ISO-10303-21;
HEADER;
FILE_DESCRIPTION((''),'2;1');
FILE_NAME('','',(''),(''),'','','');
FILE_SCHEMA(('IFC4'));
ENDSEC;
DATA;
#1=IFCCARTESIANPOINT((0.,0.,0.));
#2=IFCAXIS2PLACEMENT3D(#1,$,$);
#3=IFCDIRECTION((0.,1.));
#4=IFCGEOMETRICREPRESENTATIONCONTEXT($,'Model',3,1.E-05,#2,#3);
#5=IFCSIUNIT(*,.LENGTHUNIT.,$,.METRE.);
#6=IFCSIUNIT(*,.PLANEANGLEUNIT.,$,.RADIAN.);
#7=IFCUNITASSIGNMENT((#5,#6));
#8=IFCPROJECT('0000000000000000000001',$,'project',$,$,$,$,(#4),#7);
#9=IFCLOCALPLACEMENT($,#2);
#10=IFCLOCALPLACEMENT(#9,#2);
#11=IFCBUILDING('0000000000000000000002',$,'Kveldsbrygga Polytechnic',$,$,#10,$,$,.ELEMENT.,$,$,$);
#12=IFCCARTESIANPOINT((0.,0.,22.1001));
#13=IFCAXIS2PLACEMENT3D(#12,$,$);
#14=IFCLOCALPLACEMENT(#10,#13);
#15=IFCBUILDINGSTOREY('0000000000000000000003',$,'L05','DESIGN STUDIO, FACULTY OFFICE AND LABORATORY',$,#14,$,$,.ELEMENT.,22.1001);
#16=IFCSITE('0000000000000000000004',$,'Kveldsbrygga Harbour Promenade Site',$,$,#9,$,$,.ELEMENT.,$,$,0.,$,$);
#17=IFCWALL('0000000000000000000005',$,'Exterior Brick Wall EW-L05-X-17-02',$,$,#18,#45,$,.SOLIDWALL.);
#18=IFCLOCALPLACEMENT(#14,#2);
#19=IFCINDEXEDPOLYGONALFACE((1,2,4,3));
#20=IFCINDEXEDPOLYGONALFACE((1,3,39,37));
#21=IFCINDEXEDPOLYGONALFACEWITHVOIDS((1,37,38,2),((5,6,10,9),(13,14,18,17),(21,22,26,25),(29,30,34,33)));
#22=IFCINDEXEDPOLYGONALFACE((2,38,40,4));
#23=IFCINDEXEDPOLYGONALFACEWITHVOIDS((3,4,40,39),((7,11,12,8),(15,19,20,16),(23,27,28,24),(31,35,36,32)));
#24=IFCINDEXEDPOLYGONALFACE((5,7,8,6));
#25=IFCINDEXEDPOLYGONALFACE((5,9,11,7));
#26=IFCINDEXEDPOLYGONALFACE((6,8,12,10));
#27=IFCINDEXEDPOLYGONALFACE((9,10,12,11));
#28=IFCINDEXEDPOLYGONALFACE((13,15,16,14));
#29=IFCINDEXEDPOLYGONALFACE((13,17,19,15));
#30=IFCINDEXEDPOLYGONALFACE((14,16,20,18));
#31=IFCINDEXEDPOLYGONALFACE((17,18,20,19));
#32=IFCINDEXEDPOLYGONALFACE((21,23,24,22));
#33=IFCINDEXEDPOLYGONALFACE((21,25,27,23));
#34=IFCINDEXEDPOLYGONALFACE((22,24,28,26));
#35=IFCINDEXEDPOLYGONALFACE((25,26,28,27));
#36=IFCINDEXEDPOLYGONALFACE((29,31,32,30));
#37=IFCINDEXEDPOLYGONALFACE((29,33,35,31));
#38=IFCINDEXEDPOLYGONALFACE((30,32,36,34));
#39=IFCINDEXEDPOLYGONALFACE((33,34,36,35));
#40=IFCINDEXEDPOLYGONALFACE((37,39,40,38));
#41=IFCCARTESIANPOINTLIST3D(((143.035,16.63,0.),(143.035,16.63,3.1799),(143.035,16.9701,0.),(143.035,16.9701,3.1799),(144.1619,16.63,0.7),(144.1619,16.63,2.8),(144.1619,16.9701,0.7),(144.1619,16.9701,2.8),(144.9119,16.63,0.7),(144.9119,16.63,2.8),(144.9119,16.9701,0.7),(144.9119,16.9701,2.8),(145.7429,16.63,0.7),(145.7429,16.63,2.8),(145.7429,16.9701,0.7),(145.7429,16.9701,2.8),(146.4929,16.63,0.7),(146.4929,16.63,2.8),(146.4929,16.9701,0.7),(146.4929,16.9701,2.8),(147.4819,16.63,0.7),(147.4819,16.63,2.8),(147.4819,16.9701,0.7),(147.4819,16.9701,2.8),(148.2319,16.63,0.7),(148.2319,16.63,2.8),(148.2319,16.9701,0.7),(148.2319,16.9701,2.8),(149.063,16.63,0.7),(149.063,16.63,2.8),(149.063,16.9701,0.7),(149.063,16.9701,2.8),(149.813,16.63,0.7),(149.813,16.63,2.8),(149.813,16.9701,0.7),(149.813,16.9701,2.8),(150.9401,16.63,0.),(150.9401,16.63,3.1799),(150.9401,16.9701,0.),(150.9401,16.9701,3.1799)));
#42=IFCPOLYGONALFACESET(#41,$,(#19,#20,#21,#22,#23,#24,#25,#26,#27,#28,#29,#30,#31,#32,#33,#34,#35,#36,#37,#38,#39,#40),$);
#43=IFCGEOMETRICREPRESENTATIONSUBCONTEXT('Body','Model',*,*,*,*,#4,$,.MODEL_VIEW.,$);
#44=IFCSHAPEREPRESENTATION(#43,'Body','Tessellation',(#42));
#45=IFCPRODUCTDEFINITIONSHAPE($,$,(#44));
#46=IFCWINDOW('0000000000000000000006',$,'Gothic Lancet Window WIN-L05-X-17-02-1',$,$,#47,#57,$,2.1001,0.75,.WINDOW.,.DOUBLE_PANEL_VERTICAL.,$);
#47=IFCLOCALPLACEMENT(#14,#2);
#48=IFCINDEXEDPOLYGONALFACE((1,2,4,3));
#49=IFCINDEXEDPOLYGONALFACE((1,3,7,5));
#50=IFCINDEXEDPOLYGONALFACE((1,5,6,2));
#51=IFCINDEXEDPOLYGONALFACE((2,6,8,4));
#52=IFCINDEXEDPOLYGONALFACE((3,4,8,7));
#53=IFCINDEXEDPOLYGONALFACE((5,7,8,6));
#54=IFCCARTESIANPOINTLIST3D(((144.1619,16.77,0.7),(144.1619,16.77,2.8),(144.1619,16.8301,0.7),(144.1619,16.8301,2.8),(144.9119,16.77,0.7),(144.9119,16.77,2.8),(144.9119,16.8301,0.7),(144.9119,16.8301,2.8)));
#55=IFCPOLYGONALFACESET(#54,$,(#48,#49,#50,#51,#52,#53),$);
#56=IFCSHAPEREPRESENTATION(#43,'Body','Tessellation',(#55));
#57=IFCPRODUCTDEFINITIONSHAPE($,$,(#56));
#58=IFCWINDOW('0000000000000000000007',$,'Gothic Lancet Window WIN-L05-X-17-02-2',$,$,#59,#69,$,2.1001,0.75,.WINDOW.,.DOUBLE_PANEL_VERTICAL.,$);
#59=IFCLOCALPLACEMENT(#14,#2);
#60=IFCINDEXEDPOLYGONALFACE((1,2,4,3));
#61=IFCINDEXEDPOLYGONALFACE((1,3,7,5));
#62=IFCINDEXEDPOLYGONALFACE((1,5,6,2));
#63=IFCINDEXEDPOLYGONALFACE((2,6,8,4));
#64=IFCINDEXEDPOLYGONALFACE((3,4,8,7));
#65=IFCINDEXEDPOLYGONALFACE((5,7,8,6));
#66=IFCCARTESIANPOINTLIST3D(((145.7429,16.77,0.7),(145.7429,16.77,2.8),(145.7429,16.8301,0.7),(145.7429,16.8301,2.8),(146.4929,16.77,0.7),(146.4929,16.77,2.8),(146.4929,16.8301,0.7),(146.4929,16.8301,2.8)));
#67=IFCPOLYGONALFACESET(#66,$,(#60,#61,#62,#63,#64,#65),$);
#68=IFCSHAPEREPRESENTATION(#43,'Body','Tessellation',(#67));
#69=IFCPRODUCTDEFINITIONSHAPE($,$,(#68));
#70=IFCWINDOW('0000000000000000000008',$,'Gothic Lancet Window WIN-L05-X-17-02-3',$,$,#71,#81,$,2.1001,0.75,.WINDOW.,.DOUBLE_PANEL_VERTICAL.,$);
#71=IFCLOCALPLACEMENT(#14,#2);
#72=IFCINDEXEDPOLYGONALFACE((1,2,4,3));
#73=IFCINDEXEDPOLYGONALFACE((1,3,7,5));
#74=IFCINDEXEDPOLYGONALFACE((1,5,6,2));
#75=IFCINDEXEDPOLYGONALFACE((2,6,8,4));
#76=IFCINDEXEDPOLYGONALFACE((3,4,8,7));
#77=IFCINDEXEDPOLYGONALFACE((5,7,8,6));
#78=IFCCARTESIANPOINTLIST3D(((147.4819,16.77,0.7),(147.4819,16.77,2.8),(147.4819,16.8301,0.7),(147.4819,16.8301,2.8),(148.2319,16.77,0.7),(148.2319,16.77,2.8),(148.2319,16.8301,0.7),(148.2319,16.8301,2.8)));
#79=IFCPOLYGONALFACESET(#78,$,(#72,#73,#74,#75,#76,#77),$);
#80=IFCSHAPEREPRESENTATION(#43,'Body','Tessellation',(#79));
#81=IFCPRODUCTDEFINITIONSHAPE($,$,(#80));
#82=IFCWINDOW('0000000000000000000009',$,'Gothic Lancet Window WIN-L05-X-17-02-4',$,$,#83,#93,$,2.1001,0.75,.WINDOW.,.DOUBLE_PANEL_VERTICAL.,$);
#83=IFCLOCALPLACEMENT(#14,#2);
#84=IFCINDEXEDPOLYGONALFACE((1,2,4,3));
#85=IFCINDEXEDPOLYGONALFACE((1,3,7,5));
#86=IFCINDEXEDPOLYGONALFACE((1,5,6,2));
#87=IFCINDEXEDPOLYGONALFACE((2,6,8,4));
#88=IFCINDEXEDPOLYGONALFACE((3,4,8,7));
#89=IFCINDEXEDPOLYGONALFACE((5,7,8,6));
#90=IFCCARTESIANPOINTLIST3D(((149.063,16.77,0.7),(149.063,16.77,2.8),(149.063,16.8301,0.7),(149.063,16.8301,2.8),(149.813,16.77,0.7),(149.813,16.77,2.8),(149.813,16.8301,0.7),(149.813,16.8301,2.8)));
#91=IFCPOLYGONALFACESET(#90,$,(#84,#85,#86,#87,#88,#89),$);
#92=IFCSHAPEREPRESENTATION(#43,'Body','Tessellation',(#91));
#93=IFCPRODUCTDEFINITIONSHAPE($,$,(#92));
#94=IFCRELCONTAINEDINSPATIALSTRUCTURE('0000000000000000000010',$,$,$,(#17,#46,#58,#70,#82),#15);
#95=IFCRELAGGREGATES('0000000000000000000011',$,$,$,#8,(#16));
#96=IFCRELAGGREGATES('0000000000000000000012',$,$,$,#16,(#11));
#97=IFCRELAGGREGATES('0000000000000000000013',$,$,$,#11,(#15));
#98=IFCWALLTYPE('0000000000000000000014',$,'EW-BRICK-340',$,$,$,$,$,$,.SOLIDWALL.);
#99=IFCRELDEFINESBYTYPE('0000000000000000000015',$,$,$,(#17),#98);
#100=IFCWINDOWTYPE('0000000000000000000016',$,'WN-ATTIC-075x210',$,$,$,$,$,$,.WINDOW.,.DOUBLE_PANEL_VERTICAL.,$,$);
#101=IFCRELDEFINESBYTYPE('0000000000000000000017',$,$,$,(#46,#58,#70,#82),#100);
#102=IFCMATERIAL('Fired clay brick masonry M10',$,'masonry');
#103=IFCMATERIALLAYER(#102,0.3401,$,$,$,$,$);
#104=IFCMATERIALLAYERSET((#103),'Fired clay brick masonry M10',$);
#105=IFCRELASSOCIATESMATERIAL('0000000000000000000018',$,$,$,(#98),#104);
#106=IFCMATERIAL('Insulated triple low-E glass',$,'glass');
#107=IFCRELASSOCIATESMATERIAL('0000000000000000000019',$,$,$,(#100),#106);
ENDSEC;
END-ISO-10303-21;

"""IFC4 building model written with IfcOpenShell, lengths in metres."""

from ifc_helpers import new_model, si_unit, direction, frame, frame_2d, origin, place, context, subcontext, project, spatial, rectangle, extrude, material, layer, layer_set, type_object, element, fill, save


model = new_model("IFC4")

# Units and contexts
model_context = context("Model", 3, precision=1e-05, world=origin(), true_north=direction((0.0, 1.0)))
body_context = subcontext(model_context, "Body", "Model", "MODEL_VIEW")
ifc_project = project(units=[si_unit("LENGTHUNIT", "METRE"), si_unit("PLANEANGLEUNIT", "RADIAN")], contexts=[model_context])

# Site, building, storey
site_placement = place(None, origin())
site = spatial("IfcSite", under=ifc_project, at=site_placement, Name="Kveldsbrygga Harbour Promenade Site", CompositionType="ELEMENT", RefElevation=0.0)
building_placement = place(site_placement, origin())
building = spatial("IfcBuilding", under=site, at=building_placement, Name="Kveldsbrygga Polytechnic", CompositionType="ELEMENT")
storey_placement = place(building_placement, frame((0.0, 0.0, 22.1001)))
storey = spatial("IfcBuildingStorey", under=building, at=storey_placement, Name="L05", Description="DESIGN STUDIO, FACULTY OFFICE AND LABORATORY", CompositionType="ELEMENT", Elevation=22.1001)

# Shared definitions
ifc_material_1 = material(Name="Insulated triple low-E glass", Category="glass")

# Wall, openings, windows
ifc_material_2 = material(Name="Fired clay brick masonry M10", Category="masonry")
ifc_layer_1 = layer(ifc_material_2, 0.3401)
ifc_layer_set_1 = layer_set([ifc_layer_1], Name="Fired clay brick masonry M10")
wall_type = type_object("IfcWallType", Name="EW-BRICK-340", PredefinedType="SOLIDWALL", material=ifc_layer_set_1)
wall_placement = place(storey_placement, frame((143.0349, 16.8, 0.0), z_axis=(0.0, 0.0, 1.0), x_axis=(1.0, 0.0, 0.0)))
wall = element("IfcWall", 1, at=wall_placement, inside=storey, type_object=wall_type, Name="Exterior Brick Wall EW-L05-X-17-02", PredefinedType="SOLIDWALL", context=body_context, shape_type="SweptSolid", body=[
    extrude(rectangle(XDim=7.905, YDim=0.3401, at=frame_2d((3.9526, 0.0))), origin(), (0.0, 0.0, 1.0), 3.1799),
])
opening_1_placement = place(wall_placement, frame((1.127, 0.0, 0.7)))
opening_1 = element("IfcOpeningElement", 2, at=opening_1_placement, cuts=wall, PredefinedType="OPENING", context=body_context, shape_type="SweptSolid", body=[
    extrude(rectangle(XDim=0.75, YDim=2.1001, at=frame_2d((0.375, 1.05))), frame((0.0, 0.1802, 0.0), z_axis=(0.0, -1.0, 0.0), x_axis=(1.0, 0.0, 0.0)), (0.0, 0.0, 1.0), 0.3601),
])
opening_2_placement = place(wall_placement, frame((2.708, 0.0, 0.7)))
opening_2 = element("IfcOpeningElement", 3, at=opening_2_placement, cuts=wall, PredefinedType="OPENING", context=body_context, shape_type="SweptSolid", body=[
    extrude(rectangle(XDim=0.75, YDim=2.1001, at=frame_2d((0.375, 1.05))), frame((0.0, 0.1802, 0.0), z_axis=(0.0, -1.0, 0.0), x_axis=(1.0, 0.0, 0.0)), (0.0, 0.0, 1.0), 0.3601),
])
opening_3_placement = place(wall_placement, frame((4.447, 0.0, 0.7)))
opening_3 = element("IfcOpeningElement", 4, at=opening_3_placement, cuts=wall, PredefinedType="OPENING", context=body_context, shape_type="SweptSolid", body=[
    extrude(rectangle(XDim=0.75, YDim=2.1001, at=frame_2d((0.375, 1.05))), frame((0.0, 0.1802, 0.0), z_axis=(0.0, -1.0, 0.0), x_axis=(1.0, 0.0, 0.0)), (0.0, 0.0, 1.0), 0.3601),
])
opening_4_placement = place(wall_placement, frame((6.0281, 0.0, 0.7)))
opening_4 = element("IfcOpeningElement", 5, at=opening_4_placement, cuts=wall, PredefinedType="OPENING", context=body_context, shape_type="SweptSolid", body=[
    extrude(rectangle(XDim=0.75, YDim=2.1001, at=frame_2d((0.375, 1.05))), frame((0.0, 0.1802, 0.0), z_axis=(0.0, -1.0, 0.0), x_axis=(1.0, 0.0, 0.0)), (0.0, 0.0, 1.0), 0.3601),
])
window_type = type_object("IfcWindowType", Name="WN-ATTIC-075x210", PartitioningType="DOUBLE_PANEL_VERTICAL", PredefinedType="WINDOW", material=ifc_material_1)
window_1_placement = place(opening_1_placement, origin())
window_1 = element("IfcWindow", 6, at=window_1_placement, inside=storey, type_object=window_type, Name="Gothic Lancet Window WIN-L05-X-17-02-1", OverallHeight=2.1001, OverallWidth=0.75, PartitioningType="DOUBLE_PANEL_VERTICAL", PredefinedType="WINDOW", context=body_context, shape_type="SweptSolid", body=[
    extrude(rectangle(XDim=0.75, YDim=2.1001, at=frame_2d((0.375, 1.05))), frame((0.0, 0.03, 0.0), z_axis=(0.0, -1.0, 0.0), x_axis=(1.0, 0.0, 0.0)), (0.0, 0.0, 1.0), 0.0601),
])
fill(opening_1, window_1)
window_2_placement = place(opening_2_placement, origin())
window_2 = element("IfcWindow", 7, at=window_2_placement, inside=storey, type_object=window_type, Name="Gothic Lancet Window WIN-L05-X-17-02-2", OverallHeight=2.1001, OverallWidth=0.75, PartitioningType="DOUBLE_PANEL_VERTICAL", PredefinedType="WINDOW", context=body_context, shape_type="SweptSolid", body=[
    extrude(rectangle(XDim=0.75, YDim=2.1001, at=frame_2d((0.375, 1.05))), frame((0.0, 0.03, 0.0), z_axis=(0.0, -1.0, 0.0), x_axis=(1.0, 0.0, 0.0)), (0.0, 0.0, 1.0), 0.0601),
])
fill(opening_2, window_2)
window_3_placement = place(opening_3_placement, origin())
window_3 = element("IfcWindow", 8, at=window_3_placement, inside=storey, type_object=window_type, Name="Gothic Lancet Window WIN-L05-X-17-02-3", OverallHeight=2.1001, OverallWidth=0.75, PartitioningType="DOUBLE_PANEL_VERTICAL", PredefinedType="WINDOW", context=body_context, shape_type="SweptSolid", body=[
    extrude(rectangle(XDim=0.75, YDim=2.1001, at=frame_2d((0.375, 1.05))), frame((0.0, 0.03, 0.0), z_axis=(0.0, -1.0, 0.0), x_axis=(1.0, 0.0, 0.0)), (0.0, 0.0, 1.0), 0.0601),
])
fill(opening_3, window_3)
window_4_placement = place(opening_4_placement, origin())
window_4 = element("IfcWindow", 9, at=window_4_placement, inside=storey, type_object=window_type, Name="Gothic Lancet Window WIN-L05-X-17-02-4", OverallHeight=2.1001, OverallWidth=0.75, PartitioningType="DOUBLE_PANEL_VERTICAL", PredefinedType="WINDOW", context=body_context, shape_type="SweptSolid", body=[
    extrude(rectangle(XDim=0.75, YDim=2.1001, at=frame_2d((0.375, 1.05))), frame((0.0, 0.03, 0.0), z_axis=(0.0, -1.0, 0.0), x_axis=(1.0, 0.0, 0.0)), (0.0, 0.0, 1.0), 0.0601),
])
fill(opening_4, window_4)

save(model, "model.ifc")
